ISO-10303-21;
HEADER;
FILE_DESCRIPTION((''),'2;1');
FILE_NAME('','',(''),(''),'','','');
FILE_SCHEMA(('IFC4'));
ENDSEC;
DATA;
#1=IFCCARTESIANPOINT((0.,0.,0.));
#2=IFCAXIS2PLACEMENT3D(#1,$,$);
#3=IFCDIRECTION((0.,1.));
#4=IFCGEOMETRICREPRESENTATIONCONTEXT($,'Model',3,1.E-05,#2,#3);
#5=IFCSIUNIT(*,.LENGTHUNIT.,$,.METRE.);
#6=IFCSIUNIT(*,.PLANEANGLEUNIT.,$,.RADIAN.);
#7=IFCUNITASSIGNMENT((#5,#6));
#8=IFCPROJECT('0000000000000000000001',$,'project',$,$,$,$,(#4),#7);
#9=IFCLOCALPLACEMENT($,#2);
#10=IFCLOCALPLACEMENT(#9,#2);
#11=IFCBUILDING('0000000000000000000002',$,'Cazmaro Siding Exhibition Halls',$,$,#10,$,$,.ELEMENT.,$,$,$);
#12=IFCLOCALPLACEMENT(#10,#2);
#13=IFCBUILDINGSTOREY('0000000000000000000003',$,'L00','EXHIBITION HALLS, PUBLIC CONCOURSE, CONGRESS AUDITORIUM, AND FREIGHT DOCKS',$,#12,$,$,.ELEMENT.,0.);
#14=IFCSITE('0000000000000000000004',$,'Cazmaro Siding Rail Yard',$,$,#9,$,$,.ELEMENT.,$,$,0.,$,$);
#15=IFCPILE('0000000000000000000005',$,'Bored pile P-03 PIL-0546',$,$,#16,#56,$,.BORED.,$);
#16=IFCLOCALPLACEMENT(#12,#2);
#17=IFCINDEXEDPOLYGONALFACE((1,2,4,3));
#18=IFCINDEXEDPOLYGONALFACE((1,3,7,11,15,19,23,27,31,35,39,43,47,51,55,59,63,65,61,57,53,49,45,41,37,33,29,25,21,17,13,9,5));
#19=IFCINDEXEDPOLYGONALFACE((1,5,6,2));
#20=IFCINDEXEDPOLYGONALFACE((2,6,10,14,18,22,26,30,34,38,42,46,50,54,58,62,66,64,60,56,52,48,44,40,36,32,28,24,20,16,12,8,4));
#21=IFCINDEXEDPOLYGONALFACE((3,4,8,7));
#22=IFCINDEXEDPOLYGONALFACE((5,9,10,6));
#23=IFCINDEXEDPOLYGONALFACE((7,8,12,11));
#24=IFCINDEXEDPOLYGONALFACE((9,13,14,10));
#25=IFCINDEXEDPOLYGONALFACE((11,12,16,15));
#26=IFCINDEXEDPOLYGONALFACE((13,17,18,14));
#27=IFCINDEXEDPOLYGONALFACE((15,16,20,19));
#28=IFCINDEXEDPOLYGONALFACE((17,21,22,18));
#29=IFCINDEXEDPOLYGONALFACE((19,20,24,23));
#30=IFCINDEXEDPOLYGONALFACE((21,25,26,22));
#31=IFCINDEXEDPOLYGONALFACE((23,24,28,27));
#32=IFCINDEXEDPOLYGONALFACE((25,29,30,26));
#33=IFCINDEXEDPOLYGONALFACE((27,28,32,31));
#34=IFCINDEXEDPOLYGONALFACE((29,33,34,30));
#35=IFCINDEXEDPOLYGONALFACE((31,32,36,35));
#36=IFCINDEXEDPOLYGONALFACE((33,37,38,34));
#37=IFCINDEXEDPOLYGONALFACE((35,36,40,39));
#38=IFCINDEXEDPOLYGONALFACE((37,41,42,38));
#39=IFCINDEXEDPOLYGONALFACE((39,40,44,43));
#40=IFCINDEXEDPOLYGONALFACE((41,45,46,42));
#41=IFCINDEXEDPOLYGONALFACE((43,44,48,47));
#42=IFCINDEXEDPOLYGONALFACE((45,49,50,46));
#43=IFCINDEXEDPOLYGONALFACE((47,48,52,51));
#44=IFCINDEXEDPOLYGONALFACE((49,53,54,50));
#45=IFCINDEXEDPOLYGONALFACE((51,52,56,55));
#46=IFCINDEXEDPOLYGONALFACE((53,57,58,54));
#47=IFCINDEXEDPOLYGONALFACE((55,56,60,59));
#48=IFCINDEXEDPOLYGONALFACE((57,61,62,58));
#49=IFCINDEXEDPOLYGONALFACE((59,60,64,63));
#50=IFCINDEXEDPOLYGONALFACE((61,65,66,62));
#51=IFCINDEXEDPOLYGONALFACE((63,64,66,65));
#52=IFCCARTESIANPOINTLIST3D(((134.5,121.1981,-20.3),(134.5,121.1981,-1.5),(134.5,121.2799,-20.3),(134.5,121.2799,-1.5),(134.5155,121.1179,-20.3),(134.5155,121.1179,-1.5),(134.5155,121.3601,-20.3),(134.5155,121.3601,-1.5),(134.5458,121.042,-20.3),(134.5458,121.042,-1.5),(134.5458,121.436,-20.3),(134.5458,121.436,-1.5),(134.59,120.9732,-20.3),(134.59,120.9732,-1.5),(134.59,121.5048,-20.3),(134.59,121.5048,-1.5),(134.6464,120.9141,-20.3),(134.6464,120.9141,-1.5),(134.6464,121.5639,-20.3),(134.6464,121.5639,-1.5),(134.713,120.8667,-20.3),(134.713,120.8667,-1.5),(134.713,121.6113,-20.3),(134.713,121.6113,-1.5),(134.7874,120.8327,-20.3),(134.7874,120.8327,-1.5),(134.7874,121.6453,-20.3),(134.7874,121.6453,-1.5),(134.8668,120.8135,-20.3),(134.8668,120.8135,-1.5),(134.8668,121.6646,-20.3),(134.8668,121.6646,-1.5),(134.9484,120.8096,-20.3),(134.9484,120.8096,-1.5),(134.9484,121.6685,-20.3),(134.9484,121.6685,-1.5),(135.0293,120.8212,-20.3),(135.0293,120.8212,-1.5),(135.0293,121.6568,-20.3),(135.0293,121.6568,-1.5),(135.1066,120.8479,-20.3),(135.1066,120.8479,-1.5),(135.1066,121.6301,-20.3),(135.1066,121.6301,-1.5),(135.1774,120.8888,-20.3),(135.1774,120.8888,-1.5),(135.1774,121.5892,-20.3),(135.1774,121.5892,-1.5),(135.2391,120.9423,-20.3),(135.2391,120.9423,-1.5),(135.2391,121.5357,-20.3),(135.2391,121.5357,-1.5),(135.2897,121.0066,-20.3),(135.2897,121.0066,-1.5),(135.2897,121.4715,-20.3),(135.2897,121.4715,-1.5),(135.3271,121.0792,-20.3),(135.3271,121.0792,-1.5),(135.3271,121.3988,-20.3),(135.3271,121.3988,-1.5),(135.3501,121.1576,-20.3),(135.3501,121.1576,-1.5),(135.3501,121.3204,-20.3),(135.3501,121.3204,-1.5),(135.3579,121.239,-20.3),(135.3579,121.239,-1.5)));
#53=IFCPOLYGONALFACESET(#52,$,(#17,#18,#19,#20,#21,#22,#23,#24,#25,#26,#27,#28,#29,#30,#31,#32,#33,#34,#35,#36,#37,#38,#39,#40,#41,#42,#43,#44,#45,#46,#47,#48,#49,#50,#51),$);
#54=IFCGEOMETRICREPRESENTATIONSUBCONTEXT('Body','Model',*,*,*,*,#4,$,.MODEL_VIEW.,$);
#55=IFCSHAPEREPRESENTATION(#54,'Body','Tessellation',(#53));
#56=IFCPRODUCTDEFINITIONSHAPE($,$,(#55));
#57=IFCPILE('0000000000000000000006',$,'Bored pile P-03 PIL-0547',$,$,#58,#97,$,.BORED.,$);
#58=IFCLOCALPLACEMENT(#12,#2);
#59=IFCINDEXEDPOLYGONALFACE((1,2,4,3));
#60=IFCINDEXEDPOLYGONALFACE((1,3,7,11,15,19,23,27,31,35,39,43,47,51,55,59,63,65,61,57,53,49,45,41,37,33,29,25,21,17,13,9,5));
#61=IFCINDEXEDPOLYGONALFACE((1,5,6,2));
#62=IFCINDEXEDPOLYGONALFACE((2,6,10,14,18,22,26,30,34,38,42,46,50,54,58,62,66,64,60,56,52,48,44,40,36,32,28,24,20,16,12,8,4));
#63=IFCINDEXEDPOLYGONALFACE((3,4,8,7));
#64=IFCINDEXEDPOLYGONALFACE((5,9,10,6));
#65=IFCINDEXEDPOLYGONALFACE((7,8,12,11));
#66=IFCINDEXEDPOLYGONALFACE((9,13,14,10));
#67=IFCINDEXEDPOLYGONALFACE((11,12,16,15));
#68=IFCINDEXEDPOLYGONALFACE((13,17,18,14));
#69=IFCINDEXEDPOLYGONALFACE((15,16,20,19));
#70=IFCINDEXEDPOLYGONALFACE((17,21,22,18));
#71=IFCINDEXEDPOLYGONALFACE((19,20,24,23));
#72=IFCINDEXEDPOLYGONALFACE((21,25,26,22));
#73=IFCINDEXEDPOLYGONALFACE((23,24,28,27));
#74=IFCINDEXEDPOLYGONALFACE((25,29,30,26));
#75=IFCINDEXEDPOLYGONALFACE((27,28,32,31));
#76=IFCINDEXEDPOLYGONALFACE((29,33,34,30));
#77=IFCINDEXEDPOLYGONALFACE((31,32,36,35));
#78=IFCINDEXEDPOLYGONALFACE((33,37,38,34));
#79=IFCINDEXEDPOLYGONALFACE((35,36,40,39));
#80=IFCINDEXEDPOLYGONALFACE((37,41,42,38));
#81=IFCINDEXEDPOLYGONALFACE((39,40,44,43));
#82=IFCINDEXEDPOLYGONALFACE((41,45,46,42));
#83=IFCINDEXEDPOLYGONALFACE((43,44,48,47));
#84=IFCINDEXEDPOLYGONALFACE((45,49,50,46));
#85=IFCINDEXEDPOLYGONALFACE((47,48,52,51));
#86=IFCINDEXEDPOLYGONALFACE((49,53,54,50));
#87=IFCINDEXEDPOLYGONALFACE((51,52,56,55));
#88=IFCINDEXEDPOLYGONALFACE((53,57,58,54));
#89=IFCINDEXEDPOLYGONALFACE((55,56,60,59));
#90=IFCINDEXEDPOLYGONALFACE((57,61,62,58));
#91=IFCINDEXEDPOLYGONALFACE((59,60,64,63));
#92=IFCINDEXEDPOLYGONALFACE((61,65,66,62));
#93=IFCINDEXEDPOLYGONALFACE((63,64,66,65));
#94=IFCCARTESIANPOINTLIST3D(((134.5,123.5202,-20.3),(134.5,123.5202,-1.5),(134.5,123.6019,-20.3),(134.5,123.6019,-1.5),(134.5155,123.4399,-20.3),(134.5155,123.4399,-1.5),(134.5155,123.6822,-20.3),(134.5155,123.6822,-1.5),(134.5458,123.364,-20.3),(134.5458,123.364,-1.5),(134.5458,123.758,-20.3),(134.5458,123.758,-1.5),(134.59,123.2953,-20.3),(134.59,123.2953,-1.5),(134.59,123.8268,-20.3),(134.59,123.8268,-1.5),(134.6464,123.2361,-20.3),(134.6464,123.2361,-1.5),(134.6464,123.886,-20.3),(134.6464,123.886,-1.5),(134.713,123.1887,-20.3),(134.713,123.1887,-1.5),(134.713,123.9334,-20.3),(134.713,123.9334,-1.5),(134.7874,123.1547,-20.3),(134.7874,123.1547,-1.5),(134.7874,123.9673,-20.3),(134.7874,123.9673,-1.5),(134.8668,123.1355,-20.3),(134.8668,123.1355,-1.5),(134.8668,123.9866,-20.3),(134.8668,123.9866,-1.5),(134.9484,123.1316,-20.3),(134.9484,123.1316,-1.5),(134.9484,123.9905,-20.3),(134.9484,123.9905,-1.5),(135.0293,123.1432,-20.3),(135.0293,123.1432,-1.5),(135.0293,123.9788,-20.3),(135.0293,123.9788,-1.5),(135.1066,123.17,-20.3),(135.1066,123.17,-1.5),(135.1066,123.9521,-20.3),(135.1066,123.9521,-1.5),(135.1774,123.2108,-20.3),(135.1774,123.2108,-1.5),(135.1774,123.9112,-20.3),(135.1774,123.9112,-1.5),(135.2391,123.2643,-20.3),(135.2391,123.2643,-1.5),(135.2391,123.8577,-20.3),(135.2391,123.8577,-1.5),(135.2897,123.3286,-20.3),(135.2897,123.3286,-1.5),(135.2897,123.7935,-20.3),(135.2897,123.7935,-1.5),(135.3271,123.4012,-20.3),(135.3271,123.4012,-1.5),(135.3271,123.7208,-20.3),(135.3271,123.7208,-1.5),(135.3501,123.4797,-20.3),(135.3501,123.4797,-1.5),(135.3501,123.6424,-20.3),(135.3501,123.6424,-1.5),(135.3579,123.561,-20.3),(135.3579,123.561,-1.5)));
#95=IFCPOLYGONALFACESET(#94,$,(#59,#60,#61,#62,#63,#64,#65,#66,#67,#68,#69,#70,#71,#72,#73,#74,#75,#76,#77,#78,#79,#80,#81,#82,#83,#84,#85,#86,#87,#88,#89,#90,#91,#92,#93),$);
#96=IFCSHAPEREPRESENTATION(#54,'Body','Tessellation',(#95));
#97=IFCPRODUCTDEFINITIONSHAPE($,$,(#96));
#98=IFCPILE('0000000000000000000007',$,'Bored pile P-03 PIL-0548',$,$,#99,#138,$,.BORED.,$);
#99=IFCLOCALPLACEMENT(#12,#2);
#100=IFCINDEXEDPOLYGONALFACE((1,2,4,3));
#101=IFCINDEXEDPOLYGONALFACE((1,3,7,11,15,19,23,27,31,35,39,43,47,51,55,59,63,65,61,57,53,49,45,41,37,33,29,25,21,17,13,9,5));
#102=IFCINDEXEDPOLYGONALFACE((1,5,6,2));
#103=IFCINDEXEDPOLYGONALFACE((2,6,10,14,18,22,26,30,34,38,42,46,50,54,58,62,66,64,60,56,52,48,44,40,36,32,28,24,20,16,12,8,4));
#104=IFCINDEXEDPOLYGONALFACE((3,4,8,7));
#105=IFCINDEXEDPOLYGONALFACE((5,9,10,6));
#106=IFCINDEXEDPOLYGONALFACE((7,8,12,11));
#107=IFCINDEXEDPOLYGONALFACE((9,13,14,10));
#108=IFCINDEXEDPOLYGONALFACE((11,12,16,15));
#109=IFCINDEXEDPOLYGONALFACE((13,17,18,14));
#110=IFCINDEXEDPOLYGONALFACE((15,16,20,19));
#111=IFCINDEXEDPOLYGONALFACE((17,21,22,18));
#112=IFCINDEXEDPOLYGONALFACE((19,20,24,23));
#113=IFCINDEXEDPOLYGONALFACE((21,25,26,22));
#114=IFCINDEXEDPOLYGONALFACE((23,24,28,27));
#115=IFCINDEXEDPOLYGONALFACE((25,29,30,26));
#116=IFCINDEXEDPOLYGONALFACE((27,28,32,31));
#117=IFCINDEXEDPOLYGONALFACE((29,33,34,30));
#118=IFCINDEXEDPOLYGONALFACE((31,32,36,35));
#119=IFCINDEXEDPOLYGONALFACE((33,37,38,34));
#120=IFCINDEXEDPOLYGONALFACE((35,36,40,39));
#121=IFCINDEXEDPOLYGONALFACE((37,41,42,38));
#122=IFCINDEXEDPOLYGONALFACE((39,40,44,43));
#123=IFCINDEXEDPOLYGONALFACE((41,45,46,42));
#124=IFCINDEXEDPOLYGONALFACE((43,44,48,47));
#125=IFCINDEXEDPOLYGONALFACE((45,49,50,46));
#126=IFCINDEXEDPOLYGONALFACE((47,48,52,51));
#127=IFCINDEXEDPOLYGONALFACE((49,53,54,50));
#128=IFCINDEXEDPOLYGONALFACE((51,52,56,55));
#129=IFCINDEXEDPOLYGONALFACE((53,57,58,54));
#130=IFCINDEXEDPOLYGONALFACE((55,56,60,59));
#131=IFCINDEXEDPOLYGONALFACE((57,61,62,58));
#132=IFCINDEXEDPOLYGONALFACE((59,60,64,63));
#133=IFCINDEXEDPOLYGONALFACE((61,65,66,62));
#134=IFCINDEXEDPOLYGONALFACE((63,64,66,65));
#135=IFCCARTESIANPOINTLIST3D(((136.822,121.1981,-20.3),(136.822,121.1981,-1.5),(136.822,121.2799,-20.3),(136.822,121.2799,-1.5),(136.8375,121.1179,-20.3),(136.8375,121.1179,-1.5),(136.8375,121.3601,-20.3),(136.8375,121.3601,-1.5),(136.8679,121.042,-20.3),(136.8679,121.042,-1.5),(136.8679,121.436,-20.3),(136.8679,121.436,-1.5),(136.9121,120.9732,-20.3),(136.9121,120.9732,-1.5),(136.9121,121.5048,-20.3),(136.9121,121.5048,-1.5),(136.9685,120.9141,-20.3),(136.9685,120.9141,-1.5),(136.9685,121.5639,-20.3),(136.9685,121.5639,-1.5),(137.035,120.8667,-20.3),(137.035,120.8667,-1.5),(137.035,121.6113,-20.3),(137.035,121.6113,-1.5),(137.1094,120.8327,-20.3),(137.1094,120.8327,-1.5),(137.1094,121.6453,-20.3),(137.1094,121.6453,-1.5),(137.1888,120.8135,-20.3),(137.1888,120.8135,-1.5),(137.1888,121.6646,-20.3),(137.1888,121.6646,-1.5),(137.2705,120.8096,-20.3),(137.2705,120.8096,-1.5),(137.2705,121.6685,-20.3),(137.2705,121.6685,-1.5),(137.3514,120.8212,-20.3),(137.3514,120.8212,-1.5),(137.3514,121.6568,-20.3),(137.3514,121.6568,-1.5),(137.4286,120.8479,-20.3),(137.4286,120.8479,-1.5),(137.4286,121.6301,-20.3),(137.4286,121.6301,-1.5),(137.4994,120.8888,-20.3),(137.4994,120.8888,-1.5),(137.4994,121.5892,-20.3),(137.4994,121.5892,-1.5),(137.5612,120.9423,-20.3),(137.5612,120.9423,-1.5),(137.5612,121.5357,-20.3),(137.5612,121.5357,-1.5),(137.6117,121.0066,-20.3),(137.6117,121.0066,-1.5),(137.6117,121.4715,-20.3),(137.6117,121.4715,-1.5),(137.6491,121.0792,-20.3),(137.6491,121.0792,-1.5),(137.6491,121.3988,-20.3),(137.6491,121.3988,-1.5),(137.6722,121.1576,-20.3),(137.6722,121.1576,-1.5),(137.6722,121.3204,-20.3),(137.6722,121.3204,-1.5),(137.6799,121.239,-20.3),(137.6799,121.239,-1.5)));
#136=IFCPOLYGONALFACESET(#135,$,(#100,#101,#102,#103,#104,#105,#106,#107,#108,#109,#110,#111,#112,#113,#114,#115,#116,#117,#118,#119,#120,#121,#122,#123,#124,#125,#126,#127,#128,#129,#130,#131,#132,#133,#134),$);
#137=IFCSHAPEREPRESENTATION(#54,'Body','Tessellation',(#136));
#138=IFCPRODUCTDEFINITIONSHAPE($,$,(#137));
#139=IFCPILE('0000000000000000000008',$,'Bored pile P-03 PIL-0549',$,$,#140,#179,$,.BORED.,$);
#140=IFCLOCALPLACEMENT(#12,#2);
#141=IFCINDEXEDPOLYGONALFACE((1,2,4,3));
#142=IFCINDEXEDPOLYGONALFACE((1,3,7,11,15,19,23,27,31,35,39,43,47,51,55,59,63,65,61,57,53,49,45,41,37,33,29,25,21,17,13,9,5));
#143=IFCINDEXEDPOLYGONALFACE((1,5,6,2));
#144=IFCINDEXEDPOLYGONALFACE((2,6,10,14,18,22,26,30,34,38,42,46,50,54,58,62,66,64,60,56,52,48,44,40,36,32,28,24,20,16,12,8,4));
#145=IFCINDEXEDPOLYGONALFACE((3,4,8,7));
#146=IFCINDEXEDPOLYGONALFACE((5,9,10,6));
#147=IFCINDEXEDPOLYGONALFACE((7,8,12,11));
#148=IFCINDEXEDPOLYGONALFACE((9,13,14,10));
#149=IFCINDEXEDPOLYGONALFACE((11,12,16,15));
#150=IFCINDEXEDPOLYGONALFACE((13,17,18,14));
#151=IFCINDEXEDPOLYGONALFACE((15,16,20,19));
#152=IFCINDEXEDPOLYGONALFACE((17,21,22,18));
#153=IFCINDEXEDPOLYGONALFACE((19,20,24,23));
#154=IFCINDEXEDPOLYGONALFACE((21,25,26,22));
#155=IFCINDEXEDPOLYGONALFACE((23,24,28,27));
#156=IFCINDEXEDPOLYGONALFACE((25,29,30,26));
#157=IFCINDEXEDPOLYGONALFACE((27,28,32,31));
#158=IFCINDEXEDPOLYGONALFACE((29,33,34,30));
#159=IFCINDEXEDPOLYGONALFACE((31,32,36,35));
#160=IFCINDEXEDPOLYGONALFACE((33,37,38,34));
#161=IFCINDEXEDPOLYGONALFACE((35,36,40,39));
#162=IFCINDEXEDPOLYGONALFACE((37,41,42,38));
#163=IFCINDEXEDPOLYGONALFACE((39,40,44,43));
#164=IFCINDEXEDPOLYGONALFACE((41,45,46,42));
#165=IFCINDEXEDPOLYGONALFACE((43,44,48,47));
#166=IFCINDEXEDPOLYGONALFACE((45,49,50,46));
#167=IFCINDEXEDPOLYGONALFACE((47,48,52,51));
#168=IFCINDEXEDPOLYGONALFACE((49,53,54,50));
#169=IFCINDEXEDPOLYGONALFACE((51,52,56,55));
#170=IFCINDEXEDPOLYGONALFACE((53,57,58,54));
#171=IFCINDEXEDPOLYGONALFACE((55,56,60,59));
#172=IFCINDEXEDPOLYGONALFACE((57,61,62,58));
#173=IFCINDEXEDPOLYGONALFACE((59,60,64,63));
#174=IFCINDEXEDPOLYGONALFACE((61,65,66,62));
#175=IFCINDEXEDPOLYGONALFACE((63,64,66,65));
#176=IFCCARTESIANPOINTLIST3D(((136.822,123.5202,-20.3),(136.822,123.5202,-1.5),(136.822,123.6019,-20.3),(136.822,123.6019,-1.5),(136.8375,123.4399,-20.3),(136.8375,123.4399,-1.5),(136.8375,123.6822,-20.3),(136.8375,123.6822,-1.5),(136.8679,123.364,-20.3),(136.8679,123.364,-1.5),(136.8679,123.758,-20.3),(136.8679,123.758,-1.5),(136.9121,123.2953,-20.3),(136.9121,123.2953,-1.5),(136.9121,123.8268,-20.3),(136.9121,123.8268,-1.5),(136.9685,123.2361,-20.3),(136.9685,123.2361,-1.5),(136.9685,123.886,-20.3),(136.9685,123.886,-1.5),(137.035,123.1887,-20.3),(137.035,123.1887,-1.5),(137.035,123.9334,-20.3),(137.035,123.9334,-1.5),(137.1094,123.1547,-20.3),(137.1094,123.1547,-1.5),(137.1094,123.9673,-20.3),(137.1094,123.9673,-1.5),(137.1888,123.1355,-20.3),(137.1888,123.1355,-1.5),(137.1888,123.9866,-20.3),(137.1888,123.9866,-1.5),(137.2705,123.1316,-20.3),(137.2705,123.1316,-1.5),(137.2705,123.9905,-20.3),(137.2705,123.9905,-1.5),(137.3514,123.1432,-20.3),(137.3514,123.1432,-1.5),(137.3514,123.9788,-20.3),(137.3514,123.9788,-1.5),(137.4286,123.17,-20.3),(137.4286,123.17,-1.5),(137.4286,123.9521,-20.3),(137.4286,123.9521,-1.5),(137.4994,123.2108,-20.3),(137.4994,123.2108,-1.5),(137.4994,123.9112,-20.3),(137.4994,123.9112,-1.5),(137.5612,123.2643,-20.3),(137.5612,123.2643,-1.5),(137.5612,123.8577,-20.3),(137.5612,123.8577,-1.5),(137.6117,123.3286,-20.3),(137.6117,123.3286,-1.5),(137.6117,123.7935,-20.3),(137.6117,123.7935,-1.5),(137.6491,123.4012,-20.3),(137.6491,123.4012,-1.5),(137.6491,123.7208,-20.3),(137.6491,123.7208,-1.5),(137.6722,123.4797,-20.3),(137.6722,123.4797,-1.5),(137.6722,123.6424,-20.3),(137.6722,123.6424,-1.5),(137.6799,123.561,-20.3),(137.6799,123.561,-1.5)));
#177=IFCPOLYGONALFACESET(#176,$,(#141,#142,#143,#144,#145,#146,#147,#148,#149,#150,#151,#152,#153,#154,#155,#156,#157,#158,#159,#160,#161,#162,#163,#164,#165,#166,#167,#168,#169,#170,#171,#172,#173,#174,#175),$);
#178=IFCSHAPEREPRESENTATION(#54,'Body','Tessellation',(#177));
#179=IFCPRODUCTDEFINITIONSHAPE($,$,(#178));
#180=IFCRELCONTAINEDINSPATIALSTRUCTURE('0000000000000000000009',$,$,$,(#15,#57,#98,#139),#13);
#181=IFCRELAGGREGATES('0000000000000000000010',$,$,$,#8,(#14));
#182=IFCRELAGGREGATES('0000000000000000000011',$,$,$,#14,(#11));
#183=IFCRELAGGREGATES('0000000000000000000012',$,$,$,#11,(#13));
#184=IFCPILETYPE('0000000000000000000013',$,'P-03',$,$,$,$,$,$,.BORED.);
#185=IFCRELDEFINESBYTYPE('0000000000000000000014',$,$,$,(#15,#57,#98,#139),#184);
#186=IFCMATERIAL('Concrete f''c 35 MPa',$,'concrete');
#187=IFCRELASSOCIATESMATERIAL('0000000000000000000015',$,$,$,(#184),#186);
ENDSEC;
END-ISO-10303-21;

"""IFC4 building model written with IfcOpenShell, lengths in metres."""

from ifc_helpers import new_model, si_unit, direction, frame, origin, origin_2d, place, context, subcontext, project, spatial, circle, extrude, material, material_profile, profile_set, type_object, element, save


model = new_model("IFC4")

# Units and contexts
model_context = context("Model", 3, precision=1e-05, world=origin(), true_north=direction((0.0, 1.0)))
body_context = subcontext(model_context, "Body", "Model", "MODEL_VIEW")
ifc_project = project(units=[si_unit("LENGTHUNIT", "METRE"), si_unit("PLANEANGLEUNIT", "RADIAN")], contexts=[model_context])

# Site, building, storey
site_placement = place(None, origin())
site = spatial("IfcSite", under=ifc_project, at=site_placement, Name="Cazmaro Siding Rail Yard", CompositionType="ELEMENT", RefElevation=0.0)
building_placement = place(site_placement, origin())
building = spatial("IfcBuilding", under=site, at=building_placement, Name="Cazmaro Siding Exhibition Halls", CompositionType="ELEMENT")
storey_placement = place(building_placement, origin())
storey = spatial("IfcBuildingStorey", under=building, at=storey_placement, Name="L00", Description="EXHIBITION HALLS, PUBLIC CONCOURSE, CONGRESS AUDITORIUM, AND FREIGHT DOCKS", CompositionType="ELEMENT", Elevation=0.0)

# Piles
ifc_material_1 = material(Name="Concrete f'c 35 MPa", Category="concrete")
ifc_material_profile_1 = material_profile(ifc_material_1, circle(Radius=0.4299, at=origin_2d()), Name="CIDH-860")
ifc_profile_set_1 = profile_set([ifc_material_profile_1], Name="Concrete f'c 35 MPa")
pile_type = type_object("IfcPileType", Name="P-03", PredefinedType="BORED", material=ifc_profile_set_1)
for number, where, z_axis, x_axis, name in (
    (1, (134.928, 121.239, -1.5), (0.0, 0.0, -1.0), (1.0, 0.0, 0.0), "Bored pile P-03 PIL-0546"),
    (2, (134.928, 123.561, -1.5), (0.0, 0.0, -1.0), (1.0, 0.0, 0.0), "Bored pile P-03 PIL-0547"),
    (3, (137.25, 121.239, -1.5), (0.0, 0.0, -1.0), (1.0, 0.0, 0.0), "Bored pile P-03 PIL-0548"),
    (4, (137.25, 123.561, -1.5), (0.0, 0.0, -1.0), (1.0, 0.0, 0.0), "Bored pile P-03 PIL-0549"),
):
    element("IfcPile", number, at=place(storey_placement, frame(where, z_axis=z_axis, x_axis=x_axis)), inside=storey, type_object=pile_type, Name=name, PredefinedType="BORED", context=body_context, shape_type="SweptSolid", body=[
        extrude(circle(Radius=0.4299, at=origin_2d()), origin(), (0.0, 0.0, 1.0), 18.8),
    ])

save(model, "model.ifc")
